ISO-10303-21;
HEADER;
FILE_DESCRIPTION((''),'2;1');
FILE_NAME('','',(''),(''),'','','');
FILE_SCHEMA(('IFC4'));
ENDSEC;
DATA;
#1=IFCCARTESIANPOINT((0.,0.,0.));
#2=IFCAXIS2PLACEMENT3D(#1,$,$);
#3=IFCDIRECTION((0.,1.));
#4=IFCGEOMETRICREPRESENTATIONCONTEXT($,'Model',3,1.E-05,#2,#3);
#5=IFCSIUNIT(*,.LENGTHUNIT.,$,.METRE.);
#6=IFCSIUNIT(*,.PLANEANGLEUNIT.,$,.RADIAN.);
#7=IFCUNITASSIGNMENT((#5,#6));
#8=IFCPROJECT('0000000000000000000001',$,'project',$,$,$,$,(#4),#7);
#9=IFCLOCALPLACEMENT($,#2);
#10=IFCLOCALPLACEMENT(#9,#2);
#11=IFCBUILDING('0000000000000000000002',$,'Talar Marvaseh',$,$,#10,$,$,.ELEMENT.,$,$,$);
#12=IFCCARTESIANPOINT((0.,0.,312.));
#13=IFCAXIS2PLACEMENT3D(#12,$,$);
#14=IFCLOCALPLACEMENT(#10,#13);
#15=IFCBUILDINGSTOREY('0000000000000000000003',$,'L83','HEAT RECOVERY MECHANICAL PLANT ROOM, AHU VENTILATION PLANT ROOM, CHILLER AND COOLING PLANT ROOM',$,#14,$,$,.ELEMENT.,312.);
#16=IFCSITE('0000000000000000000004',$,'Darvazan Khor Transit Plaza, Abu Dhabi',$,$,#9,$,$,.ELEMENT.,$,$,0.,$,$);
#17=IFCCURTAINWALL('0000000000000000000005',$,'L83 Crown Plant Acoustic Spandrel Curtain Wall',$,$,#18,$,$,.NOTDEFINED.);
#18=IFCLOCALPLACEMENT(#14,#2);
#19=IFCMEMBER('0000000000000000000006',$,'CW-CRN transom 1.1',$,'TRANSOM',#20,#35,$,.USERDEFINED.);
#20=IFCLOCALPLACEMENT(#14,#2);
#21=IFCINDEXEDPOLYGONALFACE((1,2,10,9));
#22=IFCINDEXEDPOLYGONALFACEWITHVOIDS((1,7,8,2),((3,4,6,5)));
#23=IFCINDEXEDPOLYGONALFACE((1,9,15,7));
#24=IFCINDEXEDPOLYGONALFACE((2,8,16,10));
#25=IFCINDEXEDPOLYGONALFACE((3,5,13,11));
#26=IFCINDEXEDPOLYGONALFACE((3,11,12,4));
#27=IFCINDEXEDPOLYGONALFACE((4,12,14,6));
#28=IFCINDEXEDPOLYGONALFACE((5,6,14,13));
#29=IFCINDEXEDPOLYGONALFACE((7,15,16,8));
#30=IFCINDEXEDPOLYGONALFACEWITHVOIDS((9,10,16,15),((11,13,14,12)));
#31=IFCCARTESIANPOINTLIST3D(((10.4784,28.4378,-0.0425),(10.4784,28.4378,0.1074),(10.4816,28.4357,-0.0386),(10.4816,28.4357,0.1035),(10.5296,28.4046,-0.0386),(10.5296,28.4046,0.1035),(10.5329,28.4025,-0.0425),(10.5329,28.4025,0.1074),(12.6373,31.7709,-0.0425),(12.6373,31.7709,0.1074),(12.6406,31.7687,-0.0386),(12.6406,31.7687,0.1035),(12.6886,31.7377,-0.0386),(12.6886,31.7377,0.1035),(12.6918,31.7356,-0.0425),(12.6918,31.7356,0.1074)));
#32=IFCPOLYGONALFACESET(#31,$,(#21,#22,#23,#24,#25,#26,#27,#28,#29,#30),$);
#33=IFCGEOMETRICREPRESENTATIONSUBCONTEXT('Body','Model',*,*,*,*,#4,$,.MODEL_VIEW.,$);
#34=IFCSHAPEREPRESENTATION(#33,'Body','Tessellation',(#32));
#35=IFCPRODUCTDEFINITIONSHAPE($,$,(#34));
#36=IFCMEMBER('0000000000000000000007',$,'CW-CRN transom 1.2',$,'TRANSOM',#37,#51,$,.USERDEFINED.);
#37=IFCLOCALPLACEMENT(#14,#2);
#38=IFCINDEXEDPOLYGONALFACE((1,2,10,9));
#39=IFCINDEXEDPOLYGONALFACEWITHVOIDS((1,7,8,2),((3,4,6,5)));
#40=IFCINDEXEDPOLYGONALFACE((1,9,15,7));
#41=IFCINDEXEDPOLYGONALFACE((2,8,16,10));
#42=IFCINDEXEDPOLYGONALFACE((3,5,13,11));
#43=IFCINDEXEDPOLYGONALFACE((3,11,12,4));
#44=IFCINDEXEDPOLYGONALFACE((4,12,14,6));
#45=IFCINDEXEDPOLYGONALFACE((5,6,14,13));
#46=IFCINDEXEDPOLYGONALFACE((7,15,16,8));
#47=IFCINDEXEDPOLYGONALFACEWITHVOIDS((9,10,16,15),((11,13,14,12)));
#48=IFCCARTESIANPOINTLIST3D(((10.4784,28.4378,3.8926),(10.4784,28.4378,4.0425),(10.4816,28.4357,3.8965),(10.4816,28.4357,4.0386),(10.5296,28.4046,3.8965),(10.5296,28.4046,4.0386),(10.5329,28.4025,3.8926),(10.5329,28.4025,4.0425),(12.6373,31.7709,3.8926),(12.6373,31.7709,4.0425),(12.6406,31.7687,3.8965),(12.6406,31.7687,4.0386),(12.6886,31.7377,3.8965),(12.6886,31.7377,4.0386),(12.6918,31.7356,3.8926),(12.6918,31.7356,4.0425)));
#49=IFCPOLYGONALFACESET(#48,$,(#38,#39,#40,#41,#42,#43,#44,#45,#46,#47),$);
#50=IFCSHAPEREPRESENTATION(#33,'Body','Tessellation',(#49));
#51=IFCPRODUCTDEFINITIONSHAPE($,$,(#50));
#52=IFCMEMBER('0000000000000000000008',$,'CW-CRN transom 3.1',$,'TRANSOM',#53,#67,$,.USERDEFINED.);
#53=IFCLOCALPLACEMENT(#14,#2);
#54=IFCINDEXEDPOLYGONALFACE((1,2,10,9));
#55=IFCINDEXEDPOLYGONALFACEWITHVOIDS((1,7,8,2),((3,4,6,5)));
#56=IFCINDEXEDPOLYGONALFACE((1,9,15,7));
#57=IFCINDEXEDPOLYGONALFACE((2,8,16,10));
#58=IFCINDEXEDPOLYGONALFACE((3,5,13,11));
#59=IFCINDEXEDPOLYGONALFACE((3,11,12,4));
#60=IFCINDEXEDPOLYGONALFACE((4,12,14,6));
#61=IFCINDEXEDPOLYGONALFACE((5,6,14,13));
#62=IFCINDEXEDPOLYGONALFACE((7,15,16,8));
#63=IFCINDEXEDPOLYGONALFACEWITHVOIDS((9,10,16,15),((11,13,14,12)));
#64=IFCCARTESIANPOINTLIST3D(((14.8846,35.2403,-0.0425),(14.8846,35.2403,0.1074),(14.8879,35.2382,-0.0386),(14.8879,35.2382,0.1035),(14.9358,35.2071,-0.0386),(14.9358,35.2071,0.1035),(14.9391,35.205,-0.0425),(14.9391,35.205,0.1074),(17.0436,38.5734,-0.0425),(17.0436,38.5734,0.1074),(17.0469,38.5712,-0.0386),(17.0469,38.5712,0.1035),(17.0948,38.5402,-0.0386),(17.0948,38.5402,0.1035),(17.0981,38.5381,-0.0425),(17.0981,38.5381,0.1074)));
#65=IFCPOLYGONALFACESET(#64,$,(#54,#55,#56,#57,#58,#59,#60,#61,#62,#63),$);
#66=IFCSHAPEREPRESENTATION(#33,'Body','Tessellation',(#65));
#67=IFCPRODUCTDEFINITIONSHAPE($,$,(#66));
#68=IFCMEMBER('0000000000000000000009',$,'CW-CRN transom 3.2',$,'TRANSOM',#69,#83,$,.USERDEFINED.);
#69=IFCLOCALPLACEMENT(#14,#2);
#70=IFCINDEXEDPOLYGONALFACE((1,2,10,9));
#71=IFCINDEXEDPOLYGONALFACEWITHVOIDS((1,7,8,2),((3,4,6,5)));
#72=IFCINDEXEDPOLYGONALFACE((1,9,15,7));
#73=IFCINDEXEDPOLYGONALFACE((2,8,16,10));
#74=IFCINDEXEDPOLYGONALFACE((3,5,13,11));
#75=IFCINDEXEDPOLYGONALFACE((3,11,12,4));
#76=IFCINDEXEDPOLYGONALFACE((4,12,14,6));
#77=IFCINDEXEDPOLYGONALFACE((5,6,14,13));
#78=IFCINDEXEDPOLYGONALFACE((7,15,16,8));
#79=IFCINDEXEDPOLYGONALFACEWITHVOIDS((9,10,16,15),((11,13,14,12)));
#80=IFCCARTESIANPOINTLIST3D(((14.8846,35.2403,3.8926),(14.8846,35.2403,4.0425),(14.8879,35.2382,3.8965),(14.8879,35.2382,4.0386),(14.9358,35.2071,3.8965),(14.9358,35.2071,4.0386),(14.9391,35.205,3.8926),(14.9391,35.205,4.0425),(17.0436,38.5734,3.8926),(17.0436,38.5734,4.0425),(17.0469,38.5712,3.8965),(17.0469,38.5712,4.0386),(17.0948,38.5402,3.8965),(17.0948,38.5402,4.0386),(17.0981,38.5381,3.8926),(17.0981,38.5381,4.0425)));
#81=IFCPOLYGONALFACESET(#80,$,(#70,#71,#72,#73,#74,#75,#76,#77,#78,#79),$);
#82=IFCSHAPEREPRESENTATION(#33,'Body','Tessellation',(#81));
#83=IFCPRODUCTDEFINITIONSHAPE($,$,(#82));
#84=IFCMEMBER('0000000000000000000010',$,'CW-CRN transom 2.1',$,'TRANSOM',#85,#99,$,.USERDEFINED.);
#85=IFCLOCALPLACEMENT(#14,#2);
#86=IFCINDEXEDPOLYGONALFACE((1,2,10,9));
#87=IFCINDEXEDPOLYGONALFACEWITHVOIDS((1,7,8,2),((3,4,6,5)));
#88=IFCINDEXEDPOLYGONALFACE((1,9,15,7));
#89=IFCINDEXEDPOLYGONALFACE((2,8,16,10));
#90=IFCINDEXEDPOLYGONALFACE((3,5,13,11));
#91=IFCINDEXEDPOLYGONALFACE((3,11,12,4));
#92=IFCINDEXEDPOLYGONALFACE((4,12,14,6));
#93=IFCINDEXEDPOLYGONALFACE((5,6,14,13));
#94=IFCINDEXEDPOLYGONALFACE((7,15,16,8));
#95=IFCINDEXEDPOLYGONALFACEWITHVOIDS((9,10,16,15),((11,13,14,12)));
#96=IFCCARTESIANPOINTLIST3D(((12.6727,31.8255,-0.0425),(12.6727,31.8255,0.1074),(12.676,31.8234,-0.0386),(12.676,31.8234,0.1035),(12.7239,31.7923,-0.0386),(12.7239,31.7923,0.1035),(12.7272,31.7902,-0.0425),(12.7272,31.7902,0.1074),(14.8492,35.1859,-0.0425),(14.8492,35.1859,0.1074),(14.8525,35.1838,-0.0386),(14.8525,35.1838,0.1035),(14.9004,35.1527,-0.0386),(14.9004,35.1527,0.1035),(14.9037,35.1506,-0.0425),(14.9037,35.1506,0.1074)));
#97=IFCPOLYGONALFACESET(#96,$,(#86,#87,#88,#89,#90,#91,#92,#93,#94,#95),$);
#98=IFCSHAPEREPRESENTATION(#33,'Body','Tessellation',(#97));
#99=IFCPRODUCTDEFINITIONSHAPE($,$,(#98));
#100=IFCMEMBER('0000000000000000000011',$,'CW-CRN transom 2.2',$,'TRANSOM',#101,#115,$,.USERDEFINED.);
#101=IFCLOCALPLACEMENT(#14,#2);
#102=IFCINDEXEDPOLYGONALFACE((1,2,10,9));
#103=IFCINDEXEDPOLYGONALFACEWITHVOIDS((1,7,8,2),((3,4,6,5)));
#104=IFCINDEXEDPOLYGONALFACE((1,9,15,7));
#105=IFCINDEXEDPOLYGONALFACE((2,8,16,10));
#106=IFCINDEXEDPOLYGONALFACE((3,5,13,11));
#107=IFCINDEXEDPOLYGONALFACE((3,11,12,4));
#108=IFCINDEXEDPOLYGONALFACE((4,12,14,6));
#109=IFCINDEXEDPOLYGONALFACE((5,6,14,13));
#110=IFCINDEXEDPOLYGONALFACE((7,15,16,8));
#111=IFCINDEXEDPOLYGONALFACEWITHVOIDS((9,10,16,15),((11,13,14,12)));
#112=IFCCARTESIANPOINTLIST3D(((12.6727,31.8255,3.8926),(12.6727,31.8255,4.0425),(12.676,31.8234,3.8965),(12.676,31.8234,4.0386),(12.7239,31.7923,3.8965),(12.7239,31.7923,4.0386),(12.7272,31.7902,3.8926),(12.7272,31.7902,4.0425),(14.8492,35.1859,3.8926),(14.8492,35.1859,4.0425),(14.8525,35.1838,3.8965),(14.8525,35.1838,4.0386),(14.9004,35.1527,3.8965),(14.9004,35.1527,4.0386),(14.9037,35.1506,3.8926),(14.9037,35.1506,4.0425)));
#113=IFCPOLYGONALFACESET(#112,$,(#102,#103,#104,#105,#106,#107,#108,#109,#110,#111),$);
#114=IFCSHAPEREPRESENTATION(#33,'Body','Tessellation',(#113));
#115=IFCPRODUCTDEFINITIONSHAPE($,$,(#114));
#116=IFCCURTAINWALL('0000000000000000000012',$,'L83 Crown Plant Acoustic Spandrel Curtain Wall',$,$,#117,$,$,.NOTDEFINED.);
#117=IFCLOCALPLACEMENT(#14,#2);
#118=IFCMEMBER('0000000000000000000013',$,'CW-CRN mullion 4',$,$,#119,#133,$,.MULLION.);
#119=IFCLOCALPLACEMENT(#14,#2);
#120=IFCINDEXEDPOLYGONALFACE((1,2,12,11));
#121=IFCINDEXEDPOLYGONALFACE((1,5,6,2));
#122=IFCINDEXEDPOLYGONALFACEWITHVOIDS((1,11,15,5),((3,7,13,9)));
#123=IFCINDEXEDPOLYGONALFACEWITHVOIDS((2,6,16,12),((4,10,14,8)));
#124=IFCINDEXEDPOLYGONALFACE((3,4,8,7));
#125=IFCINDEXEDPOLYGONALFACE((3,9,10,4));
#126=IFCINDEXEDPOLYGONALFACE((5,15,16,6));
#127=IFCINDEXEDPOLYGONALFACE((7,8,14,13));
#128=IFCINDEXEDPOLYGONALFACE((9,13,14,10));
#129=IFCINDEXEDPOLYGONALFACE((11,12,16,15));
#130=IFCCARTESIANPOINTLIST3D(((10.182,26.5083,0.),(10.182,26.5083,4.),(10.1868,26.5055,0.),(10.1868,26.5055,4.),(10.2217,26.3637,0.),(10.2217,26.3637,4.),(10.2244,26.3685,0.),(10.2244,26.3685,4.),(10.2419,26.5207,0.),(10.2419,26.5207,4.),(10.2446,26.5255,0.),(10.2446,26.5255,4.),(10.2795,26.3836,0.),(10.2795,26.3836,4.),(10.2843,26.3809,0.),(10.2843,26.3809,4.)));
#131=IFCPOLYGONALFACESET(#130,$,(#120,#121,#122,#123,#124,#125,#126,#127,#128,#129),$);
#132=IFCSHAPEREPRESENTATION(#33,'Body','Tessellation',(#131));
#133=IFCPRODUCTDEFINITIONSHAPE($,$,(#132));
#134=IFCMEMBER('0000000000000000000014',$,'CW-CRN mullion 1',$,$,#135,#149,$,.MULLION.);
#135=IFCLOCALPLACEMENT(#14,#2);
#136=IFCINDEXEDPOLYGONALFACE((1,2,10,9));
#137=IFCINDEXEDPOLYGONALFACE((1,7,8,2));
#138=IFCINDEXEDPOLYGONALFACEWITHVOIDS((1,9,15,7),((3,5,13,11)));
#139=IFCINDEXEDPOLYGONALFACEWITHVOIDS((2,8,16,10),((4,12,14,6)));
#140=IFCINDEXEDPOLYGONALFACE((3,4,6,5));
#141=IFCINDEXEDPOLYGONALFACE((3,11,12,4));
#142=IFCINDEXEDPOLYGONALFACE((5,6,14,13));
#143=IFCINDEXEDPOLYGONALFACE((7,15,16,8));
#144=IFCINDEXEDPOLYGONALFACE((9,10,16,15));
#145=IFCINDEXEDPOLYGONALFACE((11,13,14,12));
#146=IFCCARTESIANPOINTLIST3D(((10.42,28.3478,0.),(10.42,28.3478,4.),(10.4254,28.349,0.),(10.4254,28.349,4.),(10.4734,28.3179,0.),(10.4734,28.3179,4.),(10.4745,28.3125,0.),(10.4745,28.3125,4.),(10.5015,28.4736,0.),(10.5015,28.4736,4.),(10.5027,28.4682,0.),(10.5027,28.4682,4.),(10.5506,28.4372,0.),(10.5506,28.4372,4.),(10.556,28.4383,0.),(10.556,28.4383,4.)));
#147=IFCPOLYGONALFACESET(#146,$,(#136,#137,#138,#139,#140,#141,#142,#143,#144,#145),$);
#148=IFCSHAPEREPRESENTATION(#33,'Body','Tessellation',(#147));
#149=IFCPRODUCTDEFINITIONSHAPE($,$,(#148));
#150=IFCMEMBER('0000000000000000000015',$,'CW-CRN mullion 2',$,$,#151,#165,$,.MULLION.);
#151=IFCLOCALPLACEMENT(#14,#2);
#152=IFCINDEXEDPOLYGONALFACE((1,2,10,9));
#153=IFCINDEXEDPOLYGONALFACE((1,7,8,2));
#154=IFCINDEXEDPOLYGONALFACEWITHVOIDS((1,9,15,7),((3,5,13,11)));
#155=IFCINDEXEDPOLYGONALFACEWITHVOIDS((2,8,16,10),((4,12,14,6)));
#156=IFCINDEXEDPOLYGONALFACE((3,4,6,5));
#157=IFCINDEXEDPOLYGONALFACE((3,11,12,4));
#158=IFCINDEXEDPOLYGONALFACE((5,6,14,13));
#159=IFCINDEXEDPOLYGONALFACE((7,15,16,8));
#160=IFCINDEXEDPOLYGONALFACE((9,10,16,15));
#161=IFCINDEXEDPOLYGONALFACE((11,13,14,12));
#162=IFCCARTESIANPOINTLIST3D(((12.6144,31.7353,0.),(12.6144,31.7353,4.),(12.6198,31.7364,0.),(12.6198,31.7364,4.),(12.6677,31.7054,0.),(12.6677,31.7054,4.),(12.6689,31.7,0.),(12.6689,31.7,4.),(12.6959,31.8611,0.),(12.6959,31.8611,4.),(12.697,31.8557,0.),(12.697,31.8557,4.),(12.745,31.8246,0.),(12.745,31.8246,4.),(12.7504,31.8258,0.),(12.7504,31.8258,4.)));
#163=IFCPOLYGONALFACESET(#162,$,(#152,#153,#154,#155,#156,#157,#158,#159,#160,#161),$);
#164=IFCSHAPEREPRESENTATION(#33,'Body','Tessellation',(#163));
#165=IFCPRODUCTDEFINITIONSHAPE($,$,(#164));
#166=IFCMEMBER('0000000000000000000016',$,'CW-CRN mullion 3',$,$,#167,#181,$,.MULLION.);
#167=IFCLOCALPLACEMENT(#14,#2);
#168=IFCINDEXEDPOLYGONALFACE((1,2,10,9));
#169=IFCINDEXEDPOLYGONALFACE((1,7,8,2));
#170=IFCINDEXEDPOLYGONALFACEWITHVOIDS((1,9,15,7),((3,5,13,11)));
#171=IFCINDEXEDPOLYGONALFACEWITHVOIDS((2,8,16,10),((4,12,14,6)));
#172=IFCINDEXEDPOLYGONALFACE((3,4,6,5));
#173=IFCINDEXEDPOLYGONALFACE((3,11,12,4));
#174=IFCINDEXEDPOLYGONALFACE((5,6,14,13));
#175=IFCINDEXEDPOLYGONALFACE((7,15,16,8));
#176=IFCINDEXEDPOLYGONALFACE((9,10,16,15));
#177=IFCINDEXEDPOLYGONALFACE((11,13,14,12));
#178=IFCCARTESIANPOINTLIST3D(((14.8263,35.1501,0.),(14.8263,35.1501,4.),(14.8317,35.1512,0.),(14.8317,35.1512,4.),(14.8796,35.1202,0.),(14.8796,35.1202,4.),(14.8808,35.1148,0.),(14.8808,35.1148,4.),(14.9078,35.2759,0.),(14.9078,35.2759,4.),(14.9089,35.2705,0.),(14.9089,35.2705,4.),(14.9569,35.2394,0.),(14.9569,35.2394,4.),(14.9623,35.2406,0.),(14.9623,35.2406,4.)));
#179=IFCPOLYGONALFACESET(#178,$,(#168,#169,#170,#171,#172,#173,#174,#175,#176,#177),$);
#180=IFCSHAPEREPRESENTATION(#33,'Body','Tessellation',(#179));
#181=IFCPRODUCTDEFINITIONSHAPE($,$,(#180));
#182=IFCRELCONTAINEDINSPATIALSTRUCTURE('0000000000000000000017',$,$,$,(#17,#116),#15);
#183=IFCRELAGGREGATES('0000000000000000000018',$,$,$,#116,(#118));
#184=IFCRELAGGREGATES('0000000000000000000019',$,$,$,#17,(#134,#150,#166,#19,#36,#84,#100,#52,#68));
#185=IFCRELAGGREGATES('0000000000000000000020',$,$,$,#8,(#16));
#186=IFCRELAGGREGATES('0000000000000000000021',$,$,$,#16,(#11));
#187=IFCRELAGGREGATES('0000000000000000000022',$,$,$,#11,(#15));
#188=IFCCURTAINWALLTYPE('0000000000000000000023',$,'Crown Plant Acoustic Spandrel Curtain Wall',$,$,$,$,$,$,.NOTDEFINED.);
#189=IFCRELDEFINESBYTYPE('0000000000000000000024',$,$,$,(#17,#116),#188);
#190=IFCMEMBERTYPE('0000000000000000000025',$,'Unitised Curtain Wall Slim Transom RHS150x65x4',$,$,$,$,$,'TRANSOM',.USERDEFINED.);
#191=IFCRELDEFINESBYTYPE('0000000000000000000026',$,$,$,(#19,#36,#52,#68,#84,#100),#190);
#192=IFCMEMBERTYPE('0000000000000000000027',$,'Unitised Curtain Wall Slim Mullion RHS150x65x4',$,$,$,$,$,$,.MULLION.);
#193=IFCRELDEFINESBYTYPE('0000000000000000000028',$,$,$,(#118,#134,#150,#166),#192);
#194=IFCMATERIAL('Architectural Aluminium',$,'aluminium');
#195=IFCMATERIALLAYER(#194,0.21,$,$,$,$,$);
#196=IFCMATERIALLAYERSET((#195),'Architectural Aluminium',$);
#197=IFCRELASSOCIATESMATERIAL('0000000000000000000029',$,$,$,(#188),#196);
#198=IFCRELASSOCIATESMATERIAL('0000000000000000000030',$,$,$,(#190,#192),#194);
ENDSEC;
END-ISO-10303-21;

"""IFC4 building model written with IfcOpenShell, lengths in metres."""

from ifc_helpers import new_model, si_unit, direction, frame, origin, origin_2d, place, context, subcontext, project, spatial, hollow_rectangle, extrude, source, transform, mapped, material, layer, layer_set, material_profile, profile_set, type_object, type_shapes, element, aggregate, save


model = new_model("IFC4")

# Units and contexts
model_context = context("Model", 3, precision=1e-05, world=origin(), true_north=direction((0.0, 1.0)))
body_context = subcontext(model_context, "Body", "Model", "MODEL_VIEW")
ifc_project = project(units=[si_unit("LENGTHUNIT", "METRE"), si_unit("PLANEANGLEUNIT", "RADIAN")], contexts=[model_context])

# Site, building, storey
site_placement = place(None, origin())
site = spatial("IfcSite", under=ifc_project, at=site_placement, Name="Darvazan Khor Transit Plaza, Abu Dhabi", CompositionType="ELEMENT", RefElevation=0.0)
building_placement = place(site_placement, origin())
building = spatial("IfcBuilding", under=site, at=building_placement, Name="Talar Marvaseh", CompositionType="ELEMENT")
storey_placement = place(building_placement, frame((0.0, 0.0, 312.0)))
storey = spatial("IfcBuildingStorey", under=building, at=storey_placement, Name="L83", Description="HEAT RECOVERY MECHANICAL PLANT ROOM, AHU VENTILATION PLANT ROOM, CHILLER AND COOLING PLANT ROOM", CompositionType="ELEMENT", Elevation=312.0)

# Curtain wall, members
ifc_material_1 = material(Name="Architectural Aluminium", Category="aluminium")
ifc_layer_1 = layer(ifc_material_1, 0.21)
ifc_layer_set_1 = layer_set([ifc_layer_1], Name="Architectural Aluminium")
curtain_wall_type = type_object("IfcCurtainWallType", Name="Crown Plant Acoustic Spandrel Curtain Wall", PredefinedType="NOTDEFINED", material=ifc_layer_set_1)
curtain_wall_1_placement = place(storey_placement, origin())
curtain_wall_1 = element("IfcCurtainWall", 1, at=curtain_wall_1_placement, inside=storey, type_object=curtain_wall_type, Name="L83 Crown Plant Acoustic Spandrel Curtain Wall", PredefinedType="NOTDEFINED")
ifc_material_profile_1 = material_profile(ifc_material_1, hollow_rectangle(XDim=0.0649, YDim=0.1499, WallThickness=0.0039, at=origin_2d()), Name="RHS150x65x4")
ifc_profile_set_1 = profile_set([ifc_material_profile_1], Name="Architectural Aluminium")
member_type_1 = type_object("IfcMemberType", Name="Unitised Curtain Wall Slim Transom RHS150x65x4", ElementType="TRANSOM", PredefinedType="USERDEFINED", material=ifc_profile_set_1)
shared_shape_1 = source(origin(), body_context, "Body", "SweptSolid", [
    extrude(hollow_rectangle(XDim=0.0649, YDim=0.1499, WallThickness=0.0039, at=origin_2d()), origin(), (0.0, 0.0, 1.0), 3.9712),
])
member_1_placement = place(storey_placement, frame((10.5056, 28.4202, 0.0325), z_axis=(0.543657, 0.839308, 0.0), x_axis=(-0.839308, 0.543657, 0.0)))
member_1 = element("IfcMember", 2, at=member_1_placement, type_object=member_type_1, Name="CW-CRN transom 1.1", ObjectType="TRANSOM", PredefinedType="USERDEFINED", context=body_context, shape_type="MappedRepresentation", body=[
    mapped(shared_shape_1, transform((0.0, 0.0, 0.0), x_axis=(1.0, 0.0, 0.0), y_axis=(0.0, 1.0, 0.0), z_axis=(0.0, 0.0, 1.0), scale=1.0)),
])
member_2_placement = place(storey_placement, frame((10.5056, 28.4202, 3.9675), z_axis=(0.543657, 0.839308, 0.0), x_axis=(-0.839308, 0.543657, 0.0)))
member_2 = element("IfcMember", 3, at=member_2_placement, type_object=member_type_1, Name="CW-CRN transom 1.2", ObjectType="TRANSOM", PredefinedType="USERDEFINED", context=body_context, shape_type="MappedRepresentation", body=[
    mapped(shared_shape_1, transform((0.0, 0.0, 0.0), x_axis=(1.0, 0.0, 0.0), y_axis=(0.0, 1.0, 0.0), z_axis=(0.0, 0.0, 1.0), scale=1.0)),
])
member_3_placement = place(storey_placement, frame((14.9119, 35.2227, 0.0325), z_axis=(0.543657, 0.839308, 0.0), x_axis=(-0.839308, 0.543657, 0.0)))
member_3 = element("IfcMember", 4, at=member_3_placement, type_object=member_type_1, Name="CW-CRN transom 3.1", ObjectType="TRANSOM", PredefinedType="USERDEFINED", context=body_context, shape_type="MappedRepresentation", body=[
    mapped(shared_shape_1, transform((0.0, 0.0, 0.0), x_axis=(1.0, 0.0, 0.0), y_axis=(0.0, 1.0, 0.0), z_axis=(0.0, 0.0, 1.0), scale=1.0)),
])
member_4_placement = place(storey_placement, frame((14.9119, 35.2227, 3.9675), z_axis=(0.543657, 0.839308, 0.0), x_axis=(-0.839308, 0.543657, 0.0)))
member_4 = element("IfcMember", 5, at=member_4_placement, type_object=member_type_1, Name="CW-CRN transom 3.2", ObjectType="TRANSOM", PredefinedType="USERDEFINED", context=body_context, shape_type="MappedRepresentation", body=[
    mapped(shared_shape_1, transform((0.0, 0.0, 0.0), x_axis=(1.0, 0.0, 0.0), y_axis=(0.0, 1.0, 0.0), z_axis=(0.0, 0.0, 1.0), scale=1.0)),
])
shared_shape_2 = source(origin(), body_context, "Body", "SweptSolid", [
    extrude(hollow_rectangle(XDim=0.0649, YDim=0.1499, WallThickness=0.0039, at=origin_2d()), origin(), (0.0, 0.0, 1.0), 4.0037),
])
type_shapes(member_type_1, [shared_shape_1, shared_shape_2])
member_5_placement = place(storey_placement, frame((12.7, 31.8079, 0.0325), z_axis=(0.543633, 0.839323, 0.0), x_axis=(-0.839323, 0.543633, 0.0)))
member_5 = element("IfcMember", 6, at=member_5_placement, type_object=member_type_1, Name="CW-CRN transom 2.1", ObjectType="TRANSOM", PredefinedType="USERDEFINED", context=body_context, shape_type="MappedRepresentation", body=[
    mapped(shared_shape_2, transform((0.0, 0.0, 0.0), x_axis=(1.0, 0.0, 0.0), y_axis=(0.0, 1.0, 0.0), z_axis=(0.0, 0.0, 1.0), scale=1.0)),
])
member_6_placement = place(storey_placement, frame((12.7, 31.8079, 3.9675), z_axis=(0.543633, 0.839323, 0.0), x_axis=(-0.839323, 0.543633, 0.0)))
member_6 = element("IfcMember", 7, at=member_6_placement, type_object=member_type_1, Name="CW-CRN transom 2.2", ObjectType="TRANSOM", PredefinedType="USERDEFINED", context=body_context, shape_type="MappedRepresentation", body=[
    mapped(shared_shape_2, transform((0.0, 0.0, 0.0), x_axis=(1.0, 0.0, 0.0), y_axis=(0.0, 1.0, 0.0), z_axis=(0.0, 0.0, 1.0), scale=1.0)),
])

# Curtain wall, member
curtain_wall_2_placement = place(storey_placement, origin())
curtain_wall_2 = element("IfcCurtainWall", 8, at=curtain_wall_2_placement, inside=storey, type_object=curtain_wall_type, Name="L83 Crown Plant Acoustic Spandrel Curtain Wall", PredefinedType="NOTDEFINED")
ifc_material_profile_2 = material_profile(ifc_material_1, hollow_rectangle(XDim=0.0649, YDim=0.1499, WallThickness=0.0039, at=origin_2d()), Name="RHS150x65x4")
ifc_profile_set_2 = profile_set([ifc_material_profile_2], Name="Architectural Aluminium")
member_type_2 = type_object("IfcMemberType", Name="Unitised Curtain Wall Slim Mullion RHS150x65x4", PredefinedType="MULLION", material=ifc_profile_set_2)
shared_shape_3 = source(origin(), body_context, "Body", "SweptSolid", [
    extrude(hollow_rectangle(XDim=0.0649, YDim=0.1499, WallThickness=0.0039, at=origin_2d()), origin(), (0.0, 0.0, 1.0), 4.0),
])
type_shapes(member_type_2, [shared_shape_3])
member_7_placement = place(storey_placement, frame((10.2332, 26.4446, 0.0), z_axis=(0.0, 0.0, 1.0), x_axis=(-0.964345, -0.264649, 0.0)))
member_7 = element("IfcMember", 9, at=member_7_placement, type_object=member_type_2, Name="CW-CRN mullion 4", PredefinedType="MULLION", context=body_context, shape_type="MappedRepresentation", body=[
    mapped(shared_shape_3, transform((0.0, 0.0, 0.0), x_axis=(1.0, 0.0, 0.0), y_axis=(0.0, 1.0, 0.0), z_axis=(0.0, 0.0, 1.0), scale=1.0)),
])
aggregate(curtain_wall_2, [member_7])

# Members
member_8_placement = place(storey_placement, frame((10.488, 28.3931, 0.0), z_axis=(0.0, 0.0, 1.0), x_axis=(-0.839314, 0.543646, 0.0)))
member_8 = element("IfcMember", 10, at=member_8_placement, type_object=member_type_2, Name="CW-CRN mullion 1", PredefinedType="MULLION", context=body_context, shape_type="MappedRepresentation", body=[
    mapped(shared_shape_3, transform((0.0, 0.0, 0.0), x_axis=(1.0, 0.0, 0.0), y_axis=(0.0, 1.0, 0.0), z_axis=(0.0, 0.0, 1.0), scale=1.0)),
])
member_9_placement = place(storey_placement, frame((12.6824, 31.7805, 0.0), z_axis=(0.0, 0.0, 1.0), x_axis=(-0.839314, 0.543646, 0.0)))
member_9 = element("IfcMember", 11, at=member_9_placement, type_object=member_type_2, Name="CW-CRN mullion 2", PredefinedType="MULLION", context=body_context, shape_type="MappedRepresentation", body=[
    mapped(shared_shape_3, transform((0.0, 0.0, 0.0), x_axis=(1.0, 0.0, 0.0), y_axis=(0.0, 1.0, 0.0), z_axis=(0.0, 0.0, 1.0), scale=1.0)),
])
member_10_placement = place(storey_placement, frame((14.8943, 35.1953, 0.0), z_axis=(0.0, 0.0, 1.0), x_axis=(-0.839314, 0.543646, 0.0)))
member_10 = element("IfcMember", 12, at=member_10_placement, type_object=member_type_2, Name="CW-CRN mullion 3", PredefinedType="MULLION", context=body_context, shape_type="MappedRepresentation", body=[
    mapped(shared_shape_3, transform((0.0, 0.0, 0.0), x_axis=(1.0, 0.0, 0.0), y_axis=(0.0, 1.0, 0.0), z_axis=(0.0, 0.0, 1.0), scale=1.0)),
])

aggregate(curtain_wall_1, [member_8, member_9, member_10, member_1, member_2, member_5, member_6, member_3, member_4])

save(model, "model.ifc")
